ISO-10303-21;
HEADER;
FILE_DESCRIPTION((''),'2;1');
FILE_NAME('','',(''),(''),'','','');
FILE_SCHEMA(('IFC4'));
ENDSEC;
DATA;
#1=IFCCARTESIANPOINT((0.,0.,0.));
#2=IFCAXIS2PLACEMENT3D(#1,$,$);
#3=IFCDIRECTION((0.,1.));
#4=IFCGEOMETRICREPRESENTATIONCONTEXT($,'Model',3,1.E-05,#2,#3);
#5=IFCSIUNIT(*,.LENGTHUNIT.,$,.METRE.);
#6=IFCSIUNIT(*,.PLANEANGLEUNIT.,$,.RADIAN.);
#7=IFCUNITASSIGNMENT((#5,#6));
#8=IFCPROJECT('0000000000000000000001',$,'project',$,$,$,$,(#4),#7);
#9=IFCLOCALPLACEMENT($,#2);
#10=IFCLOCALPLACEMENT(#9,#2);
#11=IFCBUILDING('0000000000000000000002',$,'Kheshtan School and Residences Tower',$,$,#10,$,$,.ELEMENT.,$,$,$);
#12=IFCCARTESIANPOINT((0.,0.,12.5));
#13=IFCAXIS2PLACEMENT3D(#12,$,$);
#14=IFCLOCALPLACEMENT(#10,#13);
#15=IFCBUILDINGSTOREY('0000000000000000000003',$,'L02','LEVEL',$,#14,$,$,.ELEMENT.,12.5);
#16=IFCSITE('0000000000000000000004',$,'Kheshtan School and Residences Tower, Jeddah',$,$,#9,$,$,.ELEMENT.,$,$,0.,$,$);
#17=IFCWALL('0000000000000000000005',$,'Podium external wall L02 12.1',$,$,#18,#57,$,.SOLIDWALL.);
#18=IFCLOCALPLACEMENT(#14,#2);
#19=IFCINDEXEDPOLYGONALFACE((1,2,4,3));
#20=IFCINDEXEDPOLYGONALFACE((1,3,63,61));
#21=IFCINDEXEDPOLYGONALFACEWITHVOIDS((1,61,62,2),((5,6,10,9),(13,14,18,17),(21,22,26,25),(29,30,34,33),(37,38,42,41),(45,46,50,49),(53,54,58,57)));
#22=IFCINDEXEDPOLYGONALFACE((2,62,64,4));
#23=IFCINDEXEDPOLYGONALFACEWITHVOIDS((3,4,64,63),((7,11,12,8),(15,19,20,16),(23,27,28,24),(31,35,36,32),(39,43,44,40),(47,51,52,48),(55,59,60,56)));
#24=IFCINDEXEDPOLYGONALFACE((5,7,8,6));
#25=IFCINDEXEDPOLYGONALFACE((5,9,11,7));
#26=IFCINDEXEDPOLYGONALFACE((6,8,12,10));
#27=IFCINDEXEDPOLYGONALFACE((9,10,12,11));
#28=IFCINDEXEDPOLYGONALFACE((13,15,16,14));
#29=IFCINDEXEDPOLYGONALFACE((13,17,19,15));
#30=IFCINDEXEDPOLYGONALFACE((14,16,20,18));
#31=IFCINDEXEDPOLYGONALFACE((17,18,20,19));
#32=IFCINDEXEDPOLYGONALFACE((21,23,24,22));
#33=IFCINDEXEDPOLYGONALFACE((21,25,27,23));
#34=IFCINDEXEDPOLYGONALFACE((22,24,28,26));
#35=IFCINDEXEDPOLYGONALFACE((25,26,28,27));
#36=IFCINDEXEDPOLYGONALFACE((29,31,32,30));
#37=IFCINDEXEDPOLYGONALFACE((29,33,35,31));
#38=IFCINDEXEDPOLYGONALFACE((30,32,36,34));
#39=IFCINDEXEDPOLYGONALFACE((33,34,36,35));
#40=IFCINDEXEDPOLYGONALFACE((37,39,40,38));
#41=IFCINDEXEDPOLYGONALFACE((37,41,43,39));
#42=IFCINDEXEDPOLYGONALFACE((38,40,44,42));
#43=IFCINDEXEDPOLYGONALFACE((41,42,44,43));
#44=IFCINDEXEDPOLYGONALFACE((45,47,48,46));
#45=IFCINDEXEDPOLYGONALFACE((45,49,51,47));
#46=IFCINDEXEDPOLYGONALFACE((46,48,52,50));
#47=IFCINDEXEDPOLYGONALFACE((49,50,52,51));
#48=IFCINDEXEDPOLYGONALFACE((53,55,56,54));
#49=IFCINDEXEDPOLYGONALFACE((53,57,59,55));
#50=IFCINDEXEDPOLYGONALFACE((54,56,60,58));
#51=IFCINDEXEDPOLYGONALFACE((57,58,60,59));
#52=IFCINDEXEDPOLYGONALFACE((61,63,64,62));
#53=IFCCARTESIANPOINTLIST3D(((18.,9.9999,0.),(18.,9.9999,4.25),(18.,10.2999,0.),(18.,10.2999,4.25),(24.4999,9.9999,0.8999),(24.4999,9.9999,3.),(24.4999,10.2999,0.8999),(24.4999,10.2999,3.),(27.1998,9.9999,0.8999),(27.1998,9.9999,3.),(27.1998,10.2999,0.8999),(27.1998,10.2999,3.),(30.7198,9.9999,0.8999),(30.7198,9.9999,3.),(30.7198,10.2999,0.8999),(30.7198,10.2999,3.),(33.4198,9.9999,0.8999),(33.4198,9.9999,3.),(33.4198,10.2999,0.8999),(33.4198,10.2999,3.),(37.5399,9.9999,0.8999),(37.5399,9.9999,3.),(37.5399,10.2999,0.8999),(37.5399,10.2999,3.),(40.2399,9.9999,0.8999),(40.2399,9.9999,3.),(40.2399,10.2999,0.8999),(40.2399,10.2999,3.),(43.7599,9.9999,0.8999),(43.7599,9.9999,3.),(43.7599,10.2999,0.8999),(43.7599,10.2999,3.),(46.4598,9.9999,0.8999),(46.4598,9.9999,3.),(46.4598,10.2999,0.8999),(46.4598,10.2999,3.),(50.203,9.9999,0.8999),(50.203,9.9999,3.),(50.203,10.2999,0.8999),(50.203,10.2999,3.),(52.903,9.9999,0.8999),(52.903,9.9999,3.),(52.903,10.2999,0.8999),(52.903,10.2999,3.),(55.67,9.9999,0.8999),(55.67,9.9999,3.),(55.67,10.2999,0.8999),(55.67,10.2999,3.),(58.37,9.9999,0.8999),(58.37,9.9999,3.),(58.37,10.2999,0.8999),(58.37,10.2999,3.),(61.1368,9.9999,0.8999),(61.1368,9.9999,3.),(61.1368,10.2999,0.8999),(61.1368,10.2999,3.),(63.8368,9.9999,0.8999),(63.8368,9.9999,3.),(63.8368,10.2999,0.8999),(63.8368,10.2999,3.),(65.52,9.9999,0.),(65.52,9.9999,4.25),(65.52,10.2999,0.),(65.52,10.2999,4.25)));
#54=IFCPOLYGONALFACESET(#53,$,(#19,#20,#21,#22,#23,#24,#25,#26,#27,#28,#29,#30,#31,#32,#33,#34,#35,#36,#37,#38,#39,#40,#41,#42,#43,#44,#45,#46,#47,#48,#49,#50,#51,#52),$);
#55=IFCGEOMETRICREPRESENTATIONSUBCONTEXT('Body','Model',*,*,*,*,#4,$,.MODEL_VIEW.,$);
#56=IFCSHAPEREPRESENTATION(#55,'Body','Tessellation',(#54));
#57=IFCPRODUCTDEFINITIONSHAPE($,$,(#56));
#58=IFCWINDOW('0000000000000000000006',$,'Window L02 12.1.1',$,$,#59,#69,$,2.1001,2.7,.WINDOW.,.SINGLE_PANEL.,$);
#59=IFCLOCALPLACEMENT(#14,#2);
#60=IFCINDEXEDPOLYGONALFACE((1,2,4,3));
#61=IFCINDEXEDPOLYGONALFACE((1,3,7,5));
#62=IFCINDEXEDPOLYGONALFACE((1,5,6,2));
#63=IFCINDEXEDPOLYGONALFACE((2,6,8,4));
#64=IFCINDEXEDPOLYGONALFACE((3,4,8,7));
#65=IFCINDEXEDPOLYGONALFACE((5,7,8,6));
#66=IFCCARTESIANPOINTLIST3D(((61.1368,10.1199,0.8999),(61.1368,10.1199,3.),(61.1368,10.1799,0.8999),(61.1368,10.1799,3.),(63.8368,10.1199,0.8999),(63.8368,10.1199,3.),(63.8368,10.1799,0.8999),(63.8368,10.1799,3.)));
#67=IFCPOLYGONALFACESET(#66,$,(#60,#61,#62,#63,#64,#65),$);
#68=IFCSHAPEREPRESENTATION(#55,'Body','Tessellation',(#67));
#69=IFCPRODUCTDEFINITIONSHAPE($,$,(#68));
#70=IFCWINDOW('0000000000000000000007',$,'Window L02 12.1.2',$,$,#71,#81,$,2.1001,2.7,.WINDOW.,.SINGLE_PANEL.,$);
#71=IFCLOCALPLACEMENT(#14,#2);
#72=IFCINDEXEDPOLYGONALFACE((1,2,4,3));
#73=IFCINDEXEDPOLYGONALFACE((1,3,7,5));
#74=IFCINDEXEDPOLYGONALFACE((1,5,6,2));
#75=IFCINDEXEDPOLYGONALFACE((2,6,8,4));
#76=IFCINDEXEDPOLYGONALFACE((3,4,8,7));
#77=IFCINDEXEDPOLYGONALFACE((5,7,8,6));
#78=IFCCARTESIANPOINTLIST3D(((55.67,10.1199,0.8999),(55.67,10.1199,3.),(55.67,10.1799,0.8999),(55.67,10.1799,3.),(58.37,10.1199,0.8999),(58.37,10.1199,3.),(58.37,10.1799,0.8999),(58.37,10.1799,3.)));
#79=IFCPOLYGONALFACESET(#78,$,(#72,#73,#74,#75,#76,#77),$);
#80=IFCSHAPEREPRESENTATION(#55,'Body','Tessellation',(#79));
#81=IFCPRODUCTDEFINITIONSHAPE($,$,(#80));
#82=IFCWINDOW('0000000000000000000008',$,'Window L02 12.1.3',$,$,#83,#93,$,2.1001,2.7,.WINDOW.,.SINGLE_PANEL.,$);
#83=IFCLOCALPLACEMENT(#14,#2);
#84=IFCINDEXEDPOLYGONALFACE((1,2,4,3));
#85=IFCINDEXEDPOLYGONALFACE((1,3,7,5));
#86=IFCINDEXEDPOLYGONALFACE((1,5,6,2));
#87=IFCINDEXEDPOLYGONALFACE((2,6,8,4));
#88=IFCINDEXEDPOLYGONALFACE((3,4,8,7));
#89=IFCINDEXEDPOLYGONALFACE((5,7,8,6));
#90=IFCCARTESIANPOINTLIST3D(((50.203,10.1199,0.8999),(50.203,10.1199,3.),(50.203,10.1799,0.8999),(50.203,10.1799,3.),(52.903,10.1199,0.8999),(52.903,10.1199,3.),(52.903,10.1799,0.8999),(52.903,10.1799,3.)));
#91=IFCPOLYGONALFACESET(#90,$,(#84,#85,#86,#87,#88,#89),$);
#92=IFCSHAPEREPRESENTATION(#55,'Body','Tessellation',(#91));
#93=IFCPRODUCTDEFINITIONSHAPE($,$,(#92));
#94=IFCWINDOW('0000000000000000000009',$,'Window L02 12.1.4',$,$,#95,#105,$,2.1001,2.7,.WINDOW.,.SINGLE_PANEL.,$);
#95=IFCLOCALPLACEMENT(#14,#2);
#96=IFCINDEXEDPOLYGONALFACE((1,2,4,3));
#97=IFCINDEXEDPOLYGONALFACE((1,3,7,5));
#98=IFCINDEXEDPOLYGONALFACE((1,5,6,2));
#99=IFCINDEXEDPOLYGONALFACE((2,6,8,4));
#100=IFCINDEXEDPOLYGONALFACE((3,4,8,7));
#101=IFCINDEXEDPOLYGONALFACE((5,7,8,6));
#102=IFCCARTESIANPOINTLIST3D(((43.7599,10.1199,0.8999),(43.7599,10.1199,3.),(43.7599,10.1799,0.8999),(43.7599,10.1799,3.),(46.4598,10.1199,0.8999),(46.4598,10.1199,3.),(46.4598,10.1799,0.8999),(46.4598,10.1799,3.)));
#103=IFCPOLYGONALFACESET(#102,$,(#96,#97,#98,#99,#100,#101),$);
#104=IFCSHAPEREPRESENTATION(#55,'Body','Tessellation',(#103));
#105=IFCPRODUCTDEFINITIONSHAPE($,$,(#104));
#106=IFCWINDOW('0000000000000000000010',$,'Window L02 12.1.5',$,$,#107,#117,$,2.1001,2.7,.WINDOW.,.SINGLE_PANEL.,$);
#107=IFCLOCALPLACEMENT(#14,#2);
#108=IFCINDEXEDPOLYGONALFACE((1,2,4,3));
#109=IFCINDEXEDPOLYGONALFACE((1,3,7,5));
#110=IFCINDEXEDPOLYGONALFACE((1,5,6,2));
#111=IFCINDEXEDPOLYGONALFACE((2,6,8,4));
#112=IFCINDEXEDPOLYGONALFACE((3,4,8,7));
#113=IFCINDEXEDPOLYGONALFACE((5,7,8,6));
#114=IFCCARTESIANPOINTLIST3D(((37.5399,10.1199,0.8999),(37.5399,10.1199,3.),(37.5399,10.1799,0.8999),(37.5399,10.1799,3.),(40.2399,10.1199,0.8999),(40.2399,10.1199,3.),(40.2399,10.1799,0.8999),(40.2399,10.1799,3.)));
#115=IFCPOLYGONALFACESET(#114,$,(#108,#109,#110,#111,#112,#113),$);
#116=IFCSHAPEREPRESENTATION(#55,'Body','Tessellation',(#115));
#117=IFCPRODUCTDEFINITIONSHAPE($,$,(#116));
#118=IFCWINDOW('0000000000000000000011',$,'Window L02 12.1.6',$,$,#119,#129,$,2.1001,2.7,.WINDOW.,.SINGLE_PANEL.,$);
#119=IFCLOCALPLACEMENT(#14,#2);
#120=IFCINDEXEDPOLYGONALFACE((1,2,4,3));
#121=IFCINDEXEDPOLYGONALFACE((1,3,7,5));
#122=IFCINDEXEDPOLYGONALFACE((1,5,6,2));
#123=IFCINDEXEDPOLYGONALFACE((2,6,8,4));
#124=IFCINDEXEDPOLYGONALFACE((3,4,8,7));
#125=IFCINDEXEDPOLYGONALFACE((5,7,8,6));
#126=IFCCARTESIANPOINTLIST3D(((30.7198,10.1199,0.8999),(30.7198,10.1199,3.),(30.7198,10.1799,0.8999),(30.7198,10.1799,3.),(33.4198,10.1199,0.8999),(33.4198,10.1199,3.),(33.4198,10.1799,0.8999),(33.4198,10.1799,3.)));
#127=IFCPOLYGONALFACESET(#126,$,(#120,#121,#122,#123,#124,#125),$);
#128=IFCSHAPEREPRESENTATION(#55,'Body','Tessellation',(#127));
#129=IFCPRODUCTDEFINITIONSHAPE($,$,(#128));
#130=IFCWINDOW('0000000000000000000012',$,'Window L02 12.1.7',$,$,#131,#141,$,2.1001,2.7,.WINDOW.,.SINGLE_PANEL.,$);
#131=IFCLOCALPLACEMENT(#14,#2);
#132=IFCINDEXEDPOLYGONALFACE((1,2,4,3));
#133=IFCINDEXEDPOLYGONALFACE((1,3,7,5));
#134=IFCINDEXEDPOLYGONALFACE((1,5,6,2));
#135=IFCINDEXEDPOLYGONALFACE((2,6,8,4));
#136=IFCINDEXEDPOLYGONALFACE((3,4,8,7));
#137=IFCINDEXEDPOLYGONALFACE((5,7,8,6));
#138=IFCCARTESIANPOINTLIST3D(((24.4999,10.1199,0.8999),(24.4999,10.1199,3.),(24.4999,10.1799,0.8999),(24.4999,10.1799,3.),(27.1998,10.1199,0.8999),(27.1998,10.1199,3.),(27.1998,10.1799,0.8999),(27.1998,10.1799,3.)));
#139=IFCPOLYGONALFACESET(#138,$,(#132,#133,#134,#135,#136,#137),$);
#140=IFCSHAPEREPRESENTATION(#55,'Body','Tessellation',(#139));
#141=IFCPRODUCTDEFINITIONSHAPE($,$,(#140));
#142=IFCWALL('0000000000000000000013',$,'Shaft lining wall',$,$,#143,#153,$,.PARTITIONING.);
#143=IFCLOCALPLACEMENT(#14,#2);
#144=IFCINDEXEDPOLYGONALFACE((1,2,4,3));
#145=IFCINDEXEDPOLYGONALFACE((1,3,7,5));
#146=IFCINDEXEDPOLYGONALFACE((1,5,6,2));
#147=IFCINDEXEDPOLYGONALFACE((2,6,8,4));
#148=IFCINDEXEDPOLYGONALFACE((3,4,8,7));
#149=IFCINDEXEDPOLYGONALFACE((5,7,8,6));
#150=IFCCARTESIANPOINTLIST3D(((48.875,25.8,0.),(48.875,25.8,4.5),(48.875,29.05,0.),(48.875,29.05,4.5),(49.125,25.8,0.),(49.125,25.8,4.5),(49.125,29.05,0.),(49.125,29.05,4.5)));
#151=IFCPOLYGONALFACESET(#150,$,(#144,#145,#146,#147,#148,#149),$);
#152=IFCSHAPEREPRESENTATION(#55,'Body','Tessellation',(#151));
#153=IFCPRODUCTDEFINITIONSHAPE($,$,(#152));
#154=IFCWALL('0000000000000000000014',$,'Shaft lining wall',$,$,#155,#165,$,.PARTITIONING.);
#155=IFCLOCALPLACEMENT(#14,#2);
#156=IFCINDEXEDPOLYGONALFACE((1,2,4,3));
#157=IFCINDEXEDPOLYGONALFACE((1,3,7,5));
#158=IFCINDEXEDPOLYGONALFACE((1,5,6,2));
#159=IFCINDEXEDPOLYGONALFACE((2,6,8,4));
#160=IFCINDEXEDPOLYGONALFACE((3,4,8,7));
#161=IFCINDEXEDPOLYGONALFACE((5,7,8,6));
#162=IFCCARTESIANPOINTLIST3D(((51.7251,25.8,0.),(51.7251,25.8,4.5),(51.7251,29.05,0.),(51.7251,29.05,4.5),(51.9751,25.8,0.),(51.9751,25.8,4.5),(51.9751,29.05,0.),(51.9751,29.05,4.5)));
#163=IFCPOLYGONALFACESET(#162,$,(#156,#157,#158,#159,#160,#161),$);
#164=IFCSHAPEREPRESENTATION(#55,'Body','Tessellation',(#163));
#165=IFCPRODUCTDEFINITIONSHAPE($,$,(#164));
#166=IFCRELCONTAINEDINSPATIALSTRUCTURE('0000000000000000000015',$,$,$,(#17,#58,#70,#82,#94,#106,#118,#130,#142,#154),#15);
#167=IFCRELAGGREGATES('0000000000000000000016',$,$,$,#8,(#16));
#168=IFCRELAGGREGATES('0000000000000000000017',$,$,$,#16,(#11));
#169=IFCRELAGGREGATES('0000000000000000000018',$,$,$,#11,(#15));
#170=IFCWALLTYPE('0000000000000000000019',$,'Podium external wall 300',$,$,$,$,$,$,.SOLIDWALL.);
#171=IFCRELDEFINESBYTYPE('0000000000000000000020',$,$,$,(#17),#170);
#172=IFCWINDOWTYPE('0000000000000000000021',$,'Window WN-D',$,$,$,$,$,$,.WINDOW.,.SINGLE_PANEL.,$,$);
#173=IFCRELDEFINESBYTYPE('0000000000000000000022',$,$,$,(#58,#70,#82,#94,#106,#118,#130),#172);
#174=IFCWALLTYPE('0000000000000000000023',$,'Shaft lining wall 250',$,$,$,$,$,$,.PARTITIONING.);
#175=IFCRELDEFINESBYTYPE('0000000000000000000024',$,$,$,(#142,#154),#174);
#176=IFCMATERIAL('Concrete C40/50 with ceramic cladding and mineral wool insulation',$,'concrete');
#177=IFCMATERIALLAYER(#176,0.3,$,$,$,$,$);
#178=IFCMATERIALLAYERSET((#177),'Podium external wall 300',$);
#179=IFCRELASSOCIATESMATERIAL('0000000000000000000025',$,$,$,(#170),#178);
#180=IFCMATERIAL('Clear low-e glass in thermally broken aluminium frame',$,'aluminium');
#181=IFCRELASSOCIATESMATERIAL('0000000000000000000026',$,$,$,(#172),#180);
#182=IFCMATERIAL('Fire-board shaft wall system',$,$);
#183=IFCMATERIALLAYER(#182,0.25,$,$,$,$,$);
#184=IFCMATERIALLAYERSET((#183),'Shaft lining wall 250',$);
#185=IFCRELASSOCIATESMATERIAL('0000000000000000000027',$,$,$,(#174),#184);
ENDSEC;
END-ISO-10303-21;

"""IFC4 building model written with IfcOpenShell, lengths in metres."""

from ifc_helpers import new_model, si_unit, direction, frame, frame_2d, origin, place, context, subcontext, project, spatial, rectangle, extrude, source, transform, mapped, material, layer, layer_set, type_object, element, fill, save


model = new_model("IFC4")

# Units and contexts
model_context = context("Model", 3, precision=1e-05, world=origin(), true_north=direction((0.0, 1.0)))
body_context = subcontext(model_context, "Body", "Model", "MODEL_VIEW")
ifc_project = project(units=[si_unit("LENGTHUNIT", "METRE"), si_unit("PLANEANGLEUNIT", "RADIAN")], contexts=[model_context])

# Site, building, storey
site_placement = place(None, origin())
site = spatial("IfcSite", under=ifc_project, at=site_placement, Name="Kheshtan School and Residences Tower, Jeddah", CompositionType="ELEMENT", RefElevation=0.0)
building_placement = place(site_placement, origin())
building = spatial("IfcBuilding", under=site, at=building_placement, Name="Kheshtan School and Residences Tower", CompositionType="ELEMENT")
storey_placement = place(building_placement, frame((0.0, 0.0, 12.5)))
storey = spatial("IfcBuildingStorey", under=building, at=storey_placement, Name="L02", Description="LEVEL", CompositionType="ELEMENT", Elevation=12.5)

# Shared definitions
ifc_material_1 = material(Name="Clear low-e glass in thermally broken aluminium frame", Category="aluminium")

# Wall, openings, windows
ifc_material_2 = material(Name="Concrete C40/50 with ceramic cladding and mineral wool insulation", Category="concrete")
ifc_layer_1 = layer(ifc_material_2, 0.3)
ifc_layer_set_1 = layer_set([ifc_layer_1], Name="Podium external wall 300")
wall_type_1 = type_object("IfcWallType", Name="Podium external wall 300", PredefinedType="SOLIDWALL", material=ifc_layer_set_1)
wall_1_placement = place(storey_placement, frame((65.52, 10.1499, 0.0), z_axis=(0.0, 0.0, 1.0), x_axis=(-1.0, 0.0, 0.0)))
wall_1 = element("IfcWall", 1, at=wall_1_placement, inside=storey, type_object=wall_type_1, Name="Podium external wall L02 12.1", PredefinedType="SOLIDWALL", context=body_context, shape_type="SweptSolid", body=[
    extrude(rectangle(XDim=47.52, YDim=0.3, at=frame_2d((23.76, 0.0))), origin(), (0.0, 0.0, 1.0), 4.25),
])
opening_1_placement = place(wall_1_placement, frame((1.6831, 0.0, 0.8999)))
opening_1 = element("IfcOpeningElement", 2, at=opening_1_placement, cuts=wall_1, PredefinedType="OPENING", context=body_context, shape_type="SweptSolid", body=[
    extrude(rectangle(XDim=2.7, YDim=2.1001, at=frame_2d((1.3501, 1.05))), frame((0.0, 0.1602, 0.0), z_axis=(0.0, -1.0, 0.0), x_axis=(1.0, 0.0, 0.0)), (0.0, 0.0, 1.0), 0.3201),
])
opening_2_placement = place(wall_1_placement, frame((7.1499, 0.0, 0.8999)))
opening_2 = element("IfcOpeningElement", 3, at=opening_2_placement, cuts=wall_1, PredefinedType="OPENING", context=body_context, shape_type="SweptSolid", body=[
    extrude(rectangle(XDim=2.7, YDim=2.1001, at=frame_2d((1.3501, 1.05))), frame((0.0, 0.1602, 0.0), z_axis=(0.0, -1.0, 0.0), x_axis=(1.0, 0.0, 0.0)), (0.0, 0.0, 1.0), 0.3201),
])
opening_3_placement = place(wall_1_placement, frame((12.6169, 0.0, 0.8999)))
opening_3 = element("IfcOpeningElement", 4, at=opening_3_placement, cuts=wall_1, PredefinedType="OPENING", context=body_context, shape_type="SweptSolid", body=[
    extrude(rectangle(XDim=2.7, YDim=2.1001, at=frame_2d((1.3501, 1.05))), frame((0.0, 0.1602, 0.0), z_axis=(0.0, -1.0, 0.0), x_axis=(1.0, 0.0, 0.0)), (0.0, 0.0, 1.0), 0.3201),
])
opening_4_placement = place(wall_1_placement, frame((19.0601, 0.0, 0.8999)))
opening_4 = element("IfcOpeningElement", 5, at=opening_4_placement, cuts=wall_1, PredefinedType="OPENING", context=body_context, shape_type="SweptSolid", body=[
    extrude(rectangle(XDim=2.7, YDim=2.1001, at=frame_2d((1.3501, 1.05))), frame((0.0, 0.1602, 0.0), z_axis=(0.0, -1.0, 0.0), x_axis=(1.0, 0.0, 0.0)), (0.0, 0.0, 1.0), 0.3201),
])
opening_5_placement = place(wall_1_placement, frame((25.28, 0.0, 0.8999)))
opening_5 = element("IfcOpeningElement", 6, at=opening_5_placement, cuts=wall_1, PredefinedType="OPENING", context=body_context, shape_type="SweptSolid", body=[
    extrude(rectangle(XDim=2.7, YDim=2.1001, at=frame_2d((1.3501, 1.05))), frame((0.0, 0.1602, 0.0), z_axis=(0.0, -1.0, 0.0), x_axis=(1.0, 0.0, 0.0)), (0.0, 0.0, 1.0), 0.3201),
])
opening_6_placement = place(wall_1_placement, frame((32.1001, 0.0, 0.8999)))
opening_6 = element("IfcOpeningElement", 7, at=opening_6_placement, cuts=wall_1, PredefinedType="OPENING", context=body_context, shape_type="SweptSolid", body=[
    extrude(rectangle(XDim=2.7, YDim=2.1001, at=frame_2d((1.3501, 1.05))), frame((0.0, 0.1602, 0.0), z_axis=(0.0, -1.0, 0.0), x_axis=(1.0, 0.0, 0.0)), (0.0, 0.0, 1.0), 0.3201),
])
opening_7_placement = place(wall_1_placement, frame((38.3201, 0.0, 0.8999)))
opening_7 = element("IfcOpeningElement", 8, at=opening_7_placement, cuts=wall_1, PredefinedType="OPENING", context=body_context, shape_type="SweptSolid", body=[
    extrude(rectangle(XDim=2.7, YDim=2.1001, at=frame_2d((1.3501, 1.05))), frame((0.0, 0.1602, 0.0), z_axis=(0.0, -1.0, 0.0), x_axis=(1.0, 0.0, 0.0)), (0.0, 0.0, 1.0), 0.3201),
])
window_type = type_object("IfcWindowType", Name="Window WN-D", PartitioningType="SINGLE_PANEL", PredefinedType="WINDOW", material=ifc_material_1)
shared_shape = source(origin(), body_context, "Body", "SweptSolid", [
    extrude(rectangle(XDim=2.7, YDim=2.1001, at=frame_2d((1.3501, 1.05))), frame((0.0, 0.03, 0.0), z_axis=(0.0, -1.0, 0.0), x_axis=(1.0, 0.0, 0.0)), (0.0, 0.0, 1.0), 0.0601),
])
window_1_placement = place(opening_1_placement, origin())
window_1 = element("IfcWindow", 9, at=window_1_placement, inside=storey, type_object=window_type, Name="Window L02 12.1.1", OverallHeight=2.1001, OverallWidth=2.7, PartitioningType="SINGLE_PANEL", PredefinedType="WINDOW", context=body_context, shape_type="MappedRepresentation", body=[
    mapped(shared_shape, transform((0.0, 0.0, 0.0), x_axis=(1.0, 0.0, 0.0), y_axis=(0.0, 1.0, 0.0), z_axis=(0.0, 0.0, 1.0), scale=1.0)),
])
fill(opening_1, window_1)
window_2_placement = place(opening_2_placement, origin())
window_2 = element("IfcWindow", 10, at=window_2_placement, inside=storey, type_object=window_type, Name="Window L02 12.1.2", OverallHeight=2.1001, OverallWidth=2.7, PartitioningType="SINGLE_PANEL", PredefinedType="WINDOW", context=body_context, shape_type="MappedRepresentation", body=[
    mapped(shared_shape, transform((0.0, 0.0, 0.0), x_axis=(1.0, 0.0, 0.0), y_axis=(0.0, 1.0, 0.0), z_axis=(0.0, 0.0, 1.0), scale=1.0)),
])
fill(opening_2, window_2)
window_3_placement = place(opening_3_placement, origin())
window_3 = element("IfcWindow", 11, at=window_3_placement, inside=storey, type_object=window_type, Name="Window L02 12.1.3", OverallHeight=2.1001, OverallWidth=2.7, PartitioningType="SINGLE_PANEL", PredefinedType="WINDOW", context=body_context, shape_type="MappedRepresentation", body=[
    mapped(shared_shape, transform((0.0, 0.0, 0.0), x_axis=(1.0, 0.0, 0.0), y_axis=(0.0, 1.0, 0.0), z_axis=(0.0, 0.0, 1.0), scale=1.0)),
])
fill(opening_3, window_3)
window_4_placement = place(opening_4_placement, origin())
window_4 = element("IfcWindow", 12, at=window_4_placement, inside=storey, type_object=window_type, Name="Window L02 12.1.4", OverallHeight=2.1001, OverallWidth=2.7, PartitioningType="SINGLE_PANEL", PredefinedType="WINDOW", context=body_context, shape_type="MappedRepresentation", body=[
    mapped(shared_shape, transform((0.0, 0.0, 0.0), x_axis=(1.0, 0.0, 0.0), y_axis=(0.0, 1.0, 0.0), z_axis=(0.0, 0.0, 1.0), scale=1.0)),
])
fill(opening_4, window_4)
window_5_placement = place(opening_5_placement, origin())
window_5 = element("IfcWindow", 13, at=window_5_placement, inside=storey, type_object=window_type, Name="Window L02 12.1.5", OverallHeight=2.1001, OverallWidth=2.7, PartitioningType="SINGLE_PANEL", PredefinedType="WINDOW", context=body_context, shape_type="MappedRepresentation", body=[
    mapped(shared_shape, transform((0.0, 0.0, 0.0), x_axis=(1.0, 0.0, 0.0), y_axis=(0.0, 1.0, 0.0), z_axis=(0.0, 0.0, 1.0), scale=1.0)),
])
fill(opening_5, window_5)
window_6_placement = place(opening_6_placement, origin())
window_6 = element("IfcWindow", 14, at=window_6_placement, inside=storey, type_object=window_type, Name="Window L02 12.1.6", OverallHeight=2.1001, OverallWidth=2.7, PartitioningType="SINGLE_PANEL", PredefinedType="WINDOW", context=body_context, shape_type="MappedRepresentation", body=[
    mapped(shared_shape, transform((0.0, 0.0, 0.0), x_axis=(1.0, 0.0, 0.0), y_axis=(0.0, 1.0, 0.0), z_axis=(0.0, 0.0, 1.0), scale=1.0)),
])
fill(opening_6, window_6)
window_7_placement = place(opening_7_placement, origin())
window_7 = element("IfcWindow", 15, at=window_7_placement, inside=storey, type_object=window_type, Name="Window L02 12.1.7", OverallHeight=2.1001, OverallWidth=2.7, PartitioningType="SINGLE_PANEL", PredefinedType="WINDOW", context=body_context, shape_type="MappedRepresentation", body=[
    mapped(shared_shape, transform((0.0, 0.0, 0.0), x_axis=(1.0, 0.0, 0.0), y_axis=(0.0, 1.0, 0.0), z_axis=(0.0, 0.0, 1.0), scale=1.0)),
])
fill(opening_7, window_7)

# Walls
ifc_material_3 = material(Name="Fire-board shaft wall system")
ifc_layer_2 = layer(ifc_material_3, 0.25)
ifc_layer_set_2 = layer_set([ifc_layer_2], Name="Shaft lining wall 250")
wall_type_2 = type_object("IfcWallType", Name="Shaft lining wall 250", PredefinedType="PARTITIONING", material=ifc_layer_set_2)
for number, where, z_axis, x_axis, name in (
    (16, (49.0, 25.8, 0.0), (0.0, 0.0, 1.0), (0.0, 1.0, 0.0), "Shaft lining wall"),
    (17, (51.8501, 25.8, 0.0), (0.0, 0.0, 1.0), (0.0, 1.0, 0.0), "Shaft lining wall"),
):
    element("IfcWall", number, at=place(storey_placement, frame(where, z_axis=z_axis, x_axis=x_axis)), inside=storey, type_object=wall_type_2, Name=name, PredefinedType="PARTITIONING", context=body_context, shape_type="SweptSolid", body=[
        extrude(rectangle(XDim=3.25, YDim=0.25, at=frame_2d((1.625, 0.0))), origin(), (0.0, 0.0, 1.0), 4.5),
    ])

save(model, "model.ifc")
